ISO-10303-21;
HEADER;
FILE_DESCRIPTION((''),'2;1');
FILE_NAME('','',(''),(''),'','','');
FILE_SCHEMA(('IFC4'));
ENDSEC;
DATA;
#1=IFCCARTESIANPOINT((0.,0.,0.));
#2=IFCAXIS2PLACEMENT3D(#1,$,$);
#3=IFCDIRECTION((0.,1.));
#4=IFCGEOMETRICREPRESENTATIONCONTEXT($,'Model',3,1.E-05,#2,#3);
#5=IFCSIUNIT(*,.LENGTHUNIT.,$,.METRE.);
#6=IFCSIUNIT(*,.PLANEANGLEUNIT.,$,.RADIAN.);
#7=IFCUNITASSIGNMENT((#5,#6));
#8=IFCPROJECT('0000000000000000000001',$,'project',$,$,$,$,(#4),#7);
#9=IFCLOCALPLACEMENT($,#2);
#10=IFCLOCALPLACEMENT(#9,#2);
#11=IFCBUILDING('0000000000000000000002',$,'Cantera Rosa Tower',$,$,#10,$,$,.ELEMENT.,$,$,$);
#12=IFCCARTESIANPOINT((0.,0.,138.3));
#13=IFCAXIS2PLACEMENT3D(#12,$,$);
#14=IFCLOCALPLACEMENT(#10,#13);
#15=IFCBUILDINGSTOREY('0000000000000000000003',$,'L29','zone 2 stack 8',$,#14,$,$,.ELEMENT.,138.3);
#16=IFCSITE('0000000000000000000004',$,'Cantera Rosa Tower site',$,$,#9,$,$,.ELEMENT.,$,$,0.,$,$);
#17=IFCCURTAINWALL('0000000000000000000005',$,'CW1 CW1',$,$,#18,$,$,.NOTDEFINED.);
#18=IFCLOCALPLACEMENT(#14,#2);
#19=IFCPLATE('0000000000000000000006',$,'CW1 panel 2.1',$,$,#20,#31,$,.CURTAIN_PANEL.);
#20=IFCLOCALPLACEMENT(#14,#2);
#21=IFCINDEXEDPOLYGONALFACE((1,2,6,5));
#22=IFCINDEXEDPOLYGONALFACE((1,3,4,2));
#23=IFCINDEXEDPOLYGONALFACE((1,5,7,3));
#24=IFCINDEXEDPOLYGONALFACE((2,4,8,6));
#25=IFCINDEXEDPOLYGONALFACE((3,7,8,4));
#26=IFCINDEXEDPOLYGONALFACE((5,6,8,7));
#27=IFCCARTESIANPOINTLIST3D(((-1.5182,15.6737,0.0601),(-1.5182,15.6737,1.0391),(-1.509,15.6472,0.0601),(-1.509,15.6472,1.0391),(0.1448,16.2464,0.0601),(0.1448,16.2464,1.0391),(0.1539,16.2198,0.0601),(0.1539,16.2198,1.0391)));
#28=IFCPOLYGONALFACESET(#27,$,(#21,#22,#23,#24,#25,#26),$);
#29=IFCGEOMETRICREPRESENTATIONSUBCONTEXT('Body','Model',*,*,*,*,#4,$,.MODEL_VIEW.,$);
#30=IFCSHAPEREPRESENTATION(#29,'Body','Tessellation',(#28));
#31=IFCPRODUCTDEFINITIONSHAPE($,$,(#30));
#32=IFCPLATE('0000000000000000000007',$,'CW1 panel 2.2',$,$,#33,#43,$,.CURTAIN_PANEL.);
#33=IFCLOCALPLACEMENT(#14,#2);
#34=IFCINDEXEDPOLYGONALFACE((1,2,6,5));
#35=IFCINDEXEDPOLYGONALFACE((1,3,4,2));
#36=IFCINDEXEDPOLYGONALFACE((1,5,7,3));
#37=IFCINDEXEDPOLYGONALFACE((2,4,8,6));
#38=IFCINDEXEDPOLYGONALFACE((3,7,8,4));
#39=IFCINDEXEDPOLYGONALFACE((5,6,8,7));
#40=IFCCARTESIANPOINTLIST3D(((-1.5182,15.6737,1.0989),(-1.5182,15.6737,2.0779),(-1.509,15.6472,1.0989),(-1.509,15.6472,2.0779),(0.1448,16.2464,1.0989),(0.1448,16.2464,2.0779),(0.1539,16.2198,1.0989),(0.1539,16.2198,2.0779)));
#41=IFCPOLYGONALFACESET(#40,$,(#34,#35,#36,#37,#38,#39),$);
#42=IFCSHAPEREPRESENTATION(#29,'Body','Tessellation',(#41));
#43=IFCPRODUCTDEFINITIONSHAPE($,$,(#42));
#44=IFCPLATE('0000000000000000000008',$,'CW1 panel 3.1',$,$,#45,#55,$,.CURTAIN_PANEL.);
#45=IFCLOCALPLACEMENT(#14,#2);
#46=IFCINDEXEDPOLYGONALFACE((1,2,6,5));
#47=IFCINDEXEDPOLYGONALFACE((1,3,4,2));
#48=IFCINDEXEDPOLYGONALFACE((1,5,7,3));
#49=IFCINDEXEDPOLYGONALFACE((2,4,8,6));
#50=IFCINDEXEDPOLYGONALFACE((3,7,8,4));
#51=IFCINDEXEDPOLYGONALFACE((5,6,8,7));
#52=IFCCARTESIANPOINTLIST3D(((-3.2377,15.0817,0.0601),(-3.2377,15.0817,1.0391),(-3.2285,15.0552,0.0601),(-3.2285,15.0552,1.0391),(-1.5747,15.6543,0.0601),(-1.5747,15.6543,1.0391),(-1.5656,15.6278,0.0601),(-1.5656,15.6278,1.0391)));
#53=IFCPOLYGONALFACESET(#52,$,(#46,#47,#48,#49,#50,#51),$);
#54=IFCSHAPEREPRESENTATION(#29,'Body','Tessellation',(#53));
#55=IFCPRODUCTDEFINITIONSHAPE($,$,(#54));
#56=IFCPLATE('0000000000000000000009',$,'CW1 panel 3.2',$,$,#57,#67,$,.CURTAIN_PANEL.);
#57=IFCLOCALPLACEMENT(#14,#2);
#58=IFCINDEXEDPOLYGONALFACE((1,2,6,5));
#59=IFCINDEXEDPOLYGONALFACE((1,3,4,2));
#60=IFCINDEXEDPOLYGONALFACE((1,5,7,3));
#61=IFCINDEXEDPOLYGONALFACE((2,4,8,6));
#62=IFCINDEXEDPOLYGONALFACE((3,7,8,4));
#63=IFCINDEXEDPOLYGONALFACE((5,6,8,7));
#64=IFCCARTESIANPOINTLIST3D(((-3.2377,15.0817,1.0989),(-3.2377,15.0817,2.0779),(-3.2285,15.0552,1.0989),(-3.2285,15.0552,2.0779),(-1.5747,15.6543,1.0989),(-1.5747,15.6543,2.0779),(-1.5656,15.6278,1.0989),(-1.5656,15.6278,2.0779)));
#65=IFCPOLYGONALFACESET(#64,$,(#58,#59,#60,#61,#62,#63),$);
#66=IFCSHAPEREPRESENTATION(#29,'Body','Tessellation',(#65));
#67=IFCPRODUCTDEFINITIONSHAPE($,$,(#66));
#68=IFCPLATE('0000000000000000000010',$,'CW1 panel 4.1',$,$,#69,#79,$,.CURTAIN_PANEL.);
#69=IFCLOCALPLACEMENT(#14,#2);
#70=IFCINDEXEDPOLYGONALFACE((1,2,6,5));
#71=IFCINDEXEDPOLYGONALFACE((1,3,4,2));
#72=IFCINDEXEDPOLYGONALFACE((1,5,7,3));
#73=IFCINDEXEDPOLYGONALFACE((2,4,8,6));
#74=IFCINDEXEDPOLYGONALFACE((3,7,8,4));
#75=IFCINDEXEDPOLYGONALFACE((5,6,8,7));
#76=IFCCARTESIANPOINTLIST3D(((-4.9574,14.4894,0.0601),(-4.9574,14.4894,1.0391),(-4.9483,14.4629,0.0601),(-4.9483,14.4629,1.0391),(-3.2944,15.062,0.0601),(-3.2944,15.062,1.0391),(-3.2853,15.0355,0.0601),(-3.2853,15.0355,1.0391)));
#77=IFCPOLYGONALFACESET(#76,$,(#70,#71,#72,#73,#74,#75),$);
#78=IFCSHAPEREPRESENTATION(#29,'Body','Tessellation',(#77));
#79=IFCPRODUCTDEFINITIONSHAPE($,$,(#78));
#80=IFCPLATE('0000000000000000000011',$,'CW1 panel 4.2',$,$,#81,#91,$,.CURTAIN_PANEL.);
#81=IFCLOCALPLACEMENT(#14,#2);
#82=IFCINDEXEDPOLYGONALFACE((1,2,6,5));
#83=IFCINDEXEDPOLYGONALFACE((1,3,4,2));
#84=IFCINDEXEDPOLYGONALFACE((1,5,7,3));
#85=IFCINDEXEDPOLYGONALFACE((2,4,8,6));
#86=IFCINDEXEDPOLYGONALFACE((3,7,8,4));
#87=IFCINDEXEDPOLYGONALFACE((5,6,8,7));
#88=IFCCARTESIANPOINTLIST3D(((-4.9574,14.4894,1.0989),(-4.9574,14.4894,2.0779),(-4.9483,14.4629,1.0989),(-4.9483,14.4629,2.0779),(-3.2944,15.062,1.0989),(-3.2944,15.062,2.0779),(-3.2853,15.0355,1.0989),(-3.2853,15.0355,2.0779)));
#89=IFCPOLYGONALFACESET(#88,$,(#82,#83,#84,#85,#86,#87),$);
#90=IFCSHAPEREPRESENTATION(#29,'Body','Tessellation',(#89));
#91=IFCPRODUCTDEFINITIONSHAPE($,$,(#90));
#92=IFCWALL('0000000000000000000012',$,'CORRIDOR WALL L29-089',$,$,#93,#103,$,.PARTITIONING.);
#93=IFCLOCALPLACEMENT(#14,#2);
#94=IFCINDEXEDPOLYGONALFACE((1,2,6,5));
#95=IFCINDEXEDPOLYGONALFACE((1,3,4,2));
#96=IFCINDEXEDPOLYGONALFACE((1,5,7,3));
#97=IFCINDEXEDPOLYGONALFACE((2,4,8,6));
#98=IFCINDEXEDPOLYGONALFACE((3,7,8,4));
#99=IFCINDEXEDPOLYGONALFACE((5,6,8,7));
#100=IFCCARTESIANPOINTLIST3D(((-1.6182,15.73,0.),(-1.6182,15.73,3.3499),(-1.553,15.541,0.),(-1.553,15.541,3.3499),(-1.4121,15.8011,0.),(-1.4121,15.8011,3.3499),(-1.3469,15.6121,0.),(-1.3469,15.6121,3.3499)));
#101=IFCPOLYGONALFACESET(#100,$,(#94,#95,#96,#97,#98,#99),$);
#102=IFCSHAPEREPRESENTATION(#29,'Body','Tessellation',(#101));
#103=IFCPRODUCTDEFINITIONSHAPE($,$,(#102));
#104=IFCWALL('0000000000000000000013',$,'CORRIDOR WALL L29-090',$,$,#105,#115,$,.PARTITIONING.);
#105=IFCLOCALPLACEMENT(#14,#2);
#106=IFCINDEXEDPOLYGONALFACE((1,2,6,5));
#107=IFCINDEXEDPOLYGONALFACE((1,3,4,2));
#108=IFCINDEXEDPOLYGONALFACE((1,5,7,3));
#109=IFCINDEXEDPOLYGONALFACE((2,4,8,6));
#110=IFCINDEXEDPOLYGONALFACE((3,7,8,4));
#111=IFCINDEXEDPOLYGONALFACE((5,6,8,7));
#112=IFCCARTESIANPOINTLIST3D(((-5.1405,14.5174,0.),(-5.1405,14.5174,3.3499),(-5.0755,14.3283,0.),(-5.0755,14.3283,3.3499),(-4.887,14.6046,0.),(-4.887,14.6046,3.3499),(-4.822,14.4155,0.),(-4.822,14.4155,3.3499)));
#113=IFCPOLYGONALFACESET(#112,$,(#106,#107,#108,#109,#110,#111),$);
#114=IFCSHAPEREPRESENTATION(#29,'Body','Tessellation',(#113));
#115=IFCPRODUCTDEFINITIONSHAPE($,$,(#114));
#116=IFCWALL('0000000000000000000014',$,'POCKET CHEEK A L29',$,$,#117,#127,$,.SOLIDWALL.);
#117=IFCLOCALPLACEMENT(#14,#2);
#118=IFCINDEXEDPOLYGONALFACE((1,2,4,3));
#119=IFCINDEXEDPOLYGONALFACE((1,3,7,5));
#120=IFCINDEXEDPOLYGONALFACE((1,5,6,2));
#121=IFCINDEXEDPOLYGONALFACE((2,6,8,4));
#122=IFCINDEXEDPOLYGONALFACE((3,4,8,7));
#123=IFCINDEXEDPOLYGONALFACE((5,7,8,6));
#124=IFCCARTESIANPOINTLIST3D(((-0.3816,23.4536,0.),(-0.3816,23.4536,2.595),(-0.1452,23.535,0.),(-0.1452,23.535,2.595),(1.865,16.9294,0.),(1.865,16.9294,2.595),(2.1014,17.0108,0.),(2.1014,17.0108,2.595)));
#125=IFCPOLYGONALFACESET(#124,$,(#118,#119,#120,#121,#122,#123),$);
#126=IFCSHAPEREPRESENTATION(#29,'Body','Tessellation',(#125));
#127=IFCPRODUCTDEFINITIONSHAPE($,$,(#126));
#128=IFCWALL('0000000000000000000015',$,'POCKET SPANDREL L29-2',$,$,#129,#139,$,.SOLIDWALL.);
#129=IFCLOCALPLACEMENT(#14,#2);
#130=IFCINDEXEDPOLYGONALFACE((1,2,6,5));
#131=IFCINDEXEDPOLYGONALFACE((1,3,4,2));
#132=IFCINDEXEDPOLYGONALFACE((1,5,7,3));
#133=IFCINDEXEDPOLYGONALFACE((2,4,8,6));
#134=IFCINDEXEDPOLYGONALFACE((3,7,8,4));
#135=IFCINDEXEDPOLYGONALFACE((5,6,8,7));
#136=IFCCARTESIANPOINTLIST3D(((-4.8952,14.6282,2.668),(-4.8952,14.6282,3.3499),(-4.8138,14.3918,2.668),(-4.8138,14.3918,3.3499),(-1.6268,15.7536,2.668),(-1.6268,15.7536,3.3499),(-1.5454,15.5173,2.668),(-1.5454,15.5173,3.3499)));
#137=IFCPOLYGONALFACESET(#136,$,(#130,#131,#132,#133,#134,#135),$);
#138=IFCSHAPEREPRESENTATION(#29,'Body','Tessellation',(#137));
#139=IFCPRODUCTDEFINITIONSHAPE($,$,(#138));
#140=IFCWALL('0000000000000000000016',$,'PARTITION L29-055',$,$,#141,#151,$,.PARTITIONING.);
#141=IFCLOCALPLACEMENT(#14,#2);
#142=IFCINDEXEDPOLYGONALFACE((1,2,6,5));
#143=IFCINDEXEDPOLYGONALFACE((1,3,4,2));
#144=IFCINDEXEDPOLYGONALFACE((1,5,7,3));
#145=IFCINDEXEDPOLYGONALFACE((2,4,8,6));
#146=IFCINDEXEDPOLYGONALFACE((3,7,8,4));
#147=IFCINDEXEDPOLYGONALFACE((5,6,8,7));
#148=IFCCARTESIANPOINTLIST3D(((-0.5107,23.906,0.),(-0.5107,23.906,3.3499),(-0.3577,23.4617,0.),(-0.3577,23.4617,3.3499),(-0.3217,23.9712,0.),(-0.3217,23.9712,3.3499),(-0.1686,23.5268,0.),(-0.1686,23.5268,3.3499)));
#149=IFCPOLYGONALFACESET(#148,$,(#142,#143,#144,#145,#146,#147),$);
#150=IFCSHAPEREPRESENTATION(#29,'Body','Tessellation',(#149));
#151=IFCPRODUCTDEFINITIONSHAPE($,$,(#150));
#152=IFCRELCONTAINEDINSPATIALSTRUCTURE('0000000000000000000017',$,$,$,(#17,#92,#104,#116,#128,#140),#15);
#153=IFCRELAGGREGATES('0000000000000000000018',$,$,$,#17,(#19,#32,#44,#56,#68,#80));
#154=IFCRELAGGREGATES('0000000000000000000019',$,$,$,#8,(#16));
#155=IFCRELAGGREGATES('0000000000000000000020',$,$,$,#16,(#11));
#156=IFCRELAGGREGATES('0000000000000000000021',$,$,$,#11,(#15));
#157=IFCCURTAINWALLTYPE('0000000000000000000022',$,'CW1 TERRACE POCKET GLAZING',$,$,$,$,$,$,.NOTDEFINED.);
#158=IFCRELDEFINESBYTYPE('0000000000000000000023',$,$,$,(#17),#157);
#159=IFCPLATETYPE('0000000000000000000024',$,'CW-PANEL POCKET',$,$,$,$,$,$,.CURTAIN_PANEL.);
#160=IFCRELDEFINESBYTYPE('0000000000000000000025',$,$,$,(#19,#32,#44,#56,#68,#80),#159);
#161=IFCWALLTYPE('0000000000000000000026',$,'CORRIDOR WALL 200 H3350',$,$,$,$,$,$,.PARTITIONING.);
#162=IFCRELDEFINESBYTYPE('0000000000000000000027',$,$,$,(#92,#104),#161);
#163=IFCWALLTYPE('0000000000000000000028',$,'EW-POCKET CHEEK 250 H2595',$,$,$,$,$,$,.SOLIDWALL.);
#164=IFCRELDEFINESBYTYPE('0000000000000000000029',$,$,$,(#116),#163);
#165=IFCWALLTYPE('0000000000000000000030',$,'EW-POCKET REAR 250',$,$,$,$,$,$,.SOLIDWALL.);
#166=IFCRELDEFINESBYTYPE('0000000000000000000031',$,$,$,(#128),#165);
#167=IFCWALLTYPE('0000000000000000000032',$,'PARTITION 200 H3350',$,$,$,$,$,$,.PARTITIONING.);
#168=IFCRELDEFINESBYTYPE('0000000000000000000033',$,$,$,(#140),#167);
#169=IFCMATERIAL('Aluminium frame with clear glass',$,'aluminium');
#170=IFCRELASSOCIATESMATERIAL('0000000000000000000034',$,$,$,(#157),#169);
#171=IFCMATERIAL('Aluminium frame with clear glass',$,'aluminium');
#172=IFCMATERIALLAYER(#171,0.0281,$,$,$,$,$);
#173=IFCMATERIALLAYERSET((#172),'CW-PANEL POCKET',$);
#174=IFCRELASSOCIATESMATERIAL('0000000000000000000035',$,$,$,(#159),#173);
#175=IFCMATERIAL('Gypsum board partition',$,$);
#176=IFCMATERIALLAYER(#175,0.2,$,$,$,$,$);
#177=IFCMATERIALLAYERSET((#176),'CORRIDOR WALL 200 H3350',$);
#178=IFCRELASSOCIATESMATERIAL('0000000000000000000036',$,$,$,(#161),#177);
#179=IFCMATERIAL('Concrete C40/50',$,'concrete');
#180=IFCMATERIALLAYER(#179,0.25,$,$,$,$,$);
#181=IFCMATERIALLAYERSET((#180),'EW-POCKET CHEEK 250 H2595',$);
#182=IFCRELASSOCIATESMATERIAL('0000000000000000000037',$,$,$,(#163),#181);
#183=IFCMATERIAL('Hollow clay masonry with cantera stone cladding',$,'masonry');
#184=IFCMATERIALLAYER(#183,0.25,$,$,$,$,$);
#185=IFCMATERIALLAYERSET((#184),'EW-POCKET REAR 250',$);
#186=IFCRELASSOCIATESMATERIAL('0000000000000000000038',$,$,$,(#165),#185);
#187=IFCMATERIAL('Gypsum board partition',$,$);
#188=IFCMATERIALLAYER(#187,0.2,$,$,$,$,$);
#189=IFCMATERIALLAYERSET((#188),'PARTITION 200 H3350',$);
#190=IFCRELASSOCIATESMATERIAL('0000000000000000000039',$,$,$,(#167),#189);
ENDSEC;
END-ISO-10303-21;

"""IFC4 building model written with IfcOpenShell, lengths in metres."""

from ifc_helpers import new_model, si_unit, direction, frame, frame_2d, origin, origin_2d, place, context, subcontext, project, spatial, rectangle, extrude, material, layer, layer_set, type_object, element, aggregate, save


model = new_model("IFC4")

# Units and contexts
model_context = context("Model", 3, precision=1e-05, world=origin(), true_north=direction((0.0, 1.0)))
body_context = subcontext(model_context, "Body", "Model", "MODEL_VIEW")
ifc_project = project(units=[si_unit("LENGTHUNIT", "METRE"), si_unit("PLANEANGLEUNIT", "RADIAN")], contexts=[model_context])

# Site, building, storey
site_placement = place(None, origin())
site = spatial("IfcSite", under=ifc_project, at=site_placement, Name="Cantera Rosa Tower site", CompositionType="ELEMENT", RefElevation=0.0)
building_placement = place(site_placement, origin())
building = spatial("IfcBuilding", under=site, at=building_placement, Name="Cantera Rosa Tower", CompositionType="ELEMENT")
storey_placement = place(building_placement, frame((0.0, 0.0, 138.3)))
storey = spatial("IfcBuildingStorey", under=building, at=storey_placement, Name="L29", Description="zone 2 stack 8", CompositionType="ELEMENT", Elevation=138.3)

# Curtain wall
ifc_material_1 = material(Name="Aluminium frame with clear glass", Category="aluminium")
curtain_wall_type = type_object("IfcCurtainWallType", Name="CW1 TERRACE POCKET GLAZING", PredefinedType="NOTDEFINED", material=ifc_material_1)
curtain_wall_placement = place(storey_placement, origin())
curtain_wall = element("IfcCurtainWall", 1, at=curtain_wall_placement, inside=storey, type_object=curtain_wall_type, Name="CW1 CW1", PredefinedType="NOTDEFINED")

# Plates
ifc_material_2 = material(Name="Aluminium frame with clear glass", Category="aluminium")
ifc_layer_1 = layer(ifc_material_2, 0.0281)
ifc_layer_set_1 = layer_set([ifc_layer_1], Name="CW-PANEL POCKET")
plate_type = type_object("IfcPlateType", Name="CW-PANEL POCKET", PredefinedType="CURTAIN_PANEL", material=ifc_layer_set_1)
plate_1_placement = place(storey_placement, frame((-0.6821, 15.9468, 0.0601), z_axis=(0.0, 0.0, 1.0), x_axis=(-0.945519, -0.325568, 0.0)))
plate_1 = element("IfcPlate", 2, at=plate_1_placement, type_object=plate_type, Name="CW1 panel 2.1", PredefinedType="CURTAIN_PANEL", context=body_context, shape_type="SweptSolid", body=[
    extrude(rectangle(XDim=1.7588, YDim=0.0281, at=origin_2d()), origin(), (0.0, 0.0, 1.0), 0.979),
])
plate_2_placement = place(storey_placement, frame((-0.6821, 15.9468, 1.0989), z_axis=(0.0, 0.0, 1.0), x_axis=(-0.945519, -0.325568, 0.0)))
plate_2 = element("IfcPlate", 3, at=plate_2_placement, type_object=plate_type, Name="CW1 panel 2.2", PredefinedType="CURTAIN_PANEL", context=body_context, shape_type="SweptSolid", body=[
    extrude(rectangle(XDim=1.7588, YDim=0.0281, at=origin_2d()), origin(), (0.0, 0.0, 1.0), 0.979),
])
plate_3_placement = place(storey_placement, frame((-2.4016, 15.3547, 0.0601), z_axis=(0.0, 0.0, 1.0), x_axis=(-0.945519, -0.325568, 0.0)))
plate_3 = element("IfcPlate", 4, at=plate_3_placement, type_object=plate_type, Name="CW1 panel 3.1", PredefinedType="CURTAIN_PANEL", context=body_context, shape_type="SweptSolid", body=[
    extrude(rectangle(XDim=1.7588, YDim=0.0281, at=origin_2d()), origin(), (0.0, 0.0, 1.0), 0.979),
])
plate_4_placement = place(storey_placement, frame((-2.4016, 15.3547, 1.0989), z_axis=(0.0, 0.0, 1.0), x_axis=(-0.945519, -0.325568, 0.0)))
plate_4 = element("IfcPlate", 5, at=plate_4_placement, type_object=plate_type, Name="CW1 panel 3.2", PredefinedType="CURTAIN_PANEL", context=body_context, shape_type="SweptSolid", body=[
    extrude(rectangle(XDim=1.7588, YDim=0.0281, at=origin_2d()), origin(), (0.0, 0.0, 1.0), 0.979),
])
plate_5_placement = place(storey_placement, frame((-4.1213, 14.7625, 0.0601), z_axis=(0.0, 0.0, 1.0), x_axis=(-0.945519, -0.325568, 0.0)))
plate_5 = element("IfcPlate", 6, at=plate_5_placement, type_object=plate_type, Name="CW1 panel 4.1", PredefinedType="CURTAIN_PANEL", context=body_context, shape_type="SweptSolid", body=[
    extrude(rectangle(XDim=1.7588, YDim=0.0281, at=origin_2d()), origin(), (0.0, 0.0, 1.0), 0.979),
])
plate_6_placement = place(storey_placement, frame((-4.1213, 14.7625, 1.0989), z_axis=(0.0, 0.0, 1.0), x_axis=(-0.945519, -0.325568, 0.0)))
plate_6 = element("IfcPlate", 7, at=plate_6_placement, type_object=plate_type, Name="CW1 panel 4.2", PredefinedType="CURTAIN_PANEL", context=body_context, shape_type="SweptSolid", body=[
    extrude(rectangle(XDim=1.7588, YDim=0.0281, at=origin_2d()), origin(), (0.0, 0.0, 1.0), 0.979),
])
aggregate(curtain_wall, [plate_1, plate_2, plate_3, plate_4, plate_5, plate_6])

# Walls
ifc_material_3 = material(Name="Gypsum board partition")
ifc_layer_2 = layer(ifc_material_3, 0.2)
ifc_layer_set_2 = layer_set([ifc_layer_2], Name="CORRIDOR WALL 200 H3350")
wall_type_1 = type_object("IfcWallType", Name="CORRIDOR WALL 200 H3350", PredefinedType="PARTITIONING", material=ifc_layer_set_2)
wall_1_placement = place(storey_placement, frame((-1.3796, 15.7065, 0.0), z_axis=(0.0, 0.0, 1.0), x_axis=(-0.945385, -0.325956, 0.0)))
element("IfcWall", 8, at=wall_1_placement, inside=storey, type_object=wall_type_1, Name="CORRIDOR WALL L29-089", PredefinedType="PARTITIONING", context=body_context, shape_type="SweptSolid", body=[
    extrude(rectangle(XDim=0.218, YDim=0.2, at=frame_2d((0.1089, 0.0))), origin(), (0.0, 0.0, 1.0), 3.3499),
])
wall_2_placement = place(storey_placement, frame((-4.8545, 14.51, 0.0), z_axis=(0.0, 0.0, 1.0), x_axis=(-0.945634, -0.325233, 0.0)))
element("IfcWall", 9, at=wall_2_placement, inside=storey, type_object=wall_type_1, Name="CORRIDOR WALL L29-090", PredefinedType="PARTITIONING", context=body_context, shape_type="SweptSolid", body=[
    extrude(rectangle(XDim=0.2681, YDim=0.2, at=frame_2d((0.134, 0.0))), origin(), (0.0, 0.0, 1.0), 3.3499),
])
ifc_material_4 = material(Name="Concrete C40/50", Category="concrete")
ifc_layer_3 = layer(ifc_material_4, 0.25)
ifc_layer_set_3 = layer_set([ifc_layer_3], Name="EW-POCKET CHEEK 250 H2595")
wall_type_2 = type_object("IfcWallType", Name="EW-POCKET CHEEK 250 H2595", PredefinedType="SOLIDWALL", material=ifc_layer_set_3)
wall_3_placement = place(storey_placement, frame((-0.2634, 23.4944, 0.0), z_axis=(0.0, 0.0, 1.0), x_axis=(0.325585, -0.945513, 0.0)))
element("IfcWall", 10, at=wall_3_placement, inside=storey, type_object=wall_type_2, Name="POCKET CHEEK A L29", PredefinedType="SOLIDWALL", context=body_context, shape_type="SweptSolid", body=[
    extrude(rectangle(XDim=6.9001, YDim=0.25, at=frame_2d((3.4502, 0.0))), origin(), (0.0, 0.0, 1.0), 2.595),
])
ifc_material_5 = material(Name="Hollow clay masonry with cantera stone cladding", Category="masonry")
ifc_layer_4 = layer(ifc_material_5, 0.25)
ifc_layer_set_4 = layer_set([ifc_layer_4], Name="EW-POCKET REAR 250")
wall_type_3 = type_object("IfcWallType", Name="EW-POCKET REAR 250", PredefinedType="SOLIDWALL", material=ifc_layer_set_4)
wall_4_placement = place(storey_placement, frame((-1.5859, 15.6355, 2.668), z_axis=(0.0, 0.0, 1.0), x_axis=(-0.945515, -0.325577, 0.0)))
element("IfcWall", 11, at=wall_4_placement, inside=storey, type_object=wall_type_3, Name="POCKET SPANDREL L29-2", PredefinedType="SOLIDWALL", context=body_context, shape_type="SweptSolid", body=[
    extrude(rectangle(XDim=3.4568, YDim=0.25, at=frame_2d((1.7285, 0.0))), origin(), (0.0, 0.0, 1.0), 0.6819),
])
ifc_material_6 = material(Name="Gypsum board partition")
ifc_layer_5 = layer(ifc_material_6, 0.2)
ifc_layer_set_5 = layer_set([ifc_layer_5], Name="PARTITION 200 H3350")
wall_type_4 = type_object("IfcWallType", Name="PARTITION 200 H3350", PredefinedType="PARTITIONING", material=ifc_layer_set_5)
wall_5_placement = place(storey_placement, frame((-0.2632, 23.4944, 0.0), z_axis=(0.0, 0.0, 1.0), x_axis=(-0.325719, 0.945467, 0.0)))
element("IfcWall", 12, at=wall_5_placement, inside=storey, type_object=wall_type_4, Name="PARTITION L29-055", PredefinedType="PARTITIONING", context=body_context, shape_type="SweptSolid", body=[
    extrude(rectangle(XDim=0.47, YDim=0.2, at=frame_2d((0.2349, 0.0))), origin(), (0.0, 0.0, 1.0), 3.3499),
])

save(model, "model.ifc")
